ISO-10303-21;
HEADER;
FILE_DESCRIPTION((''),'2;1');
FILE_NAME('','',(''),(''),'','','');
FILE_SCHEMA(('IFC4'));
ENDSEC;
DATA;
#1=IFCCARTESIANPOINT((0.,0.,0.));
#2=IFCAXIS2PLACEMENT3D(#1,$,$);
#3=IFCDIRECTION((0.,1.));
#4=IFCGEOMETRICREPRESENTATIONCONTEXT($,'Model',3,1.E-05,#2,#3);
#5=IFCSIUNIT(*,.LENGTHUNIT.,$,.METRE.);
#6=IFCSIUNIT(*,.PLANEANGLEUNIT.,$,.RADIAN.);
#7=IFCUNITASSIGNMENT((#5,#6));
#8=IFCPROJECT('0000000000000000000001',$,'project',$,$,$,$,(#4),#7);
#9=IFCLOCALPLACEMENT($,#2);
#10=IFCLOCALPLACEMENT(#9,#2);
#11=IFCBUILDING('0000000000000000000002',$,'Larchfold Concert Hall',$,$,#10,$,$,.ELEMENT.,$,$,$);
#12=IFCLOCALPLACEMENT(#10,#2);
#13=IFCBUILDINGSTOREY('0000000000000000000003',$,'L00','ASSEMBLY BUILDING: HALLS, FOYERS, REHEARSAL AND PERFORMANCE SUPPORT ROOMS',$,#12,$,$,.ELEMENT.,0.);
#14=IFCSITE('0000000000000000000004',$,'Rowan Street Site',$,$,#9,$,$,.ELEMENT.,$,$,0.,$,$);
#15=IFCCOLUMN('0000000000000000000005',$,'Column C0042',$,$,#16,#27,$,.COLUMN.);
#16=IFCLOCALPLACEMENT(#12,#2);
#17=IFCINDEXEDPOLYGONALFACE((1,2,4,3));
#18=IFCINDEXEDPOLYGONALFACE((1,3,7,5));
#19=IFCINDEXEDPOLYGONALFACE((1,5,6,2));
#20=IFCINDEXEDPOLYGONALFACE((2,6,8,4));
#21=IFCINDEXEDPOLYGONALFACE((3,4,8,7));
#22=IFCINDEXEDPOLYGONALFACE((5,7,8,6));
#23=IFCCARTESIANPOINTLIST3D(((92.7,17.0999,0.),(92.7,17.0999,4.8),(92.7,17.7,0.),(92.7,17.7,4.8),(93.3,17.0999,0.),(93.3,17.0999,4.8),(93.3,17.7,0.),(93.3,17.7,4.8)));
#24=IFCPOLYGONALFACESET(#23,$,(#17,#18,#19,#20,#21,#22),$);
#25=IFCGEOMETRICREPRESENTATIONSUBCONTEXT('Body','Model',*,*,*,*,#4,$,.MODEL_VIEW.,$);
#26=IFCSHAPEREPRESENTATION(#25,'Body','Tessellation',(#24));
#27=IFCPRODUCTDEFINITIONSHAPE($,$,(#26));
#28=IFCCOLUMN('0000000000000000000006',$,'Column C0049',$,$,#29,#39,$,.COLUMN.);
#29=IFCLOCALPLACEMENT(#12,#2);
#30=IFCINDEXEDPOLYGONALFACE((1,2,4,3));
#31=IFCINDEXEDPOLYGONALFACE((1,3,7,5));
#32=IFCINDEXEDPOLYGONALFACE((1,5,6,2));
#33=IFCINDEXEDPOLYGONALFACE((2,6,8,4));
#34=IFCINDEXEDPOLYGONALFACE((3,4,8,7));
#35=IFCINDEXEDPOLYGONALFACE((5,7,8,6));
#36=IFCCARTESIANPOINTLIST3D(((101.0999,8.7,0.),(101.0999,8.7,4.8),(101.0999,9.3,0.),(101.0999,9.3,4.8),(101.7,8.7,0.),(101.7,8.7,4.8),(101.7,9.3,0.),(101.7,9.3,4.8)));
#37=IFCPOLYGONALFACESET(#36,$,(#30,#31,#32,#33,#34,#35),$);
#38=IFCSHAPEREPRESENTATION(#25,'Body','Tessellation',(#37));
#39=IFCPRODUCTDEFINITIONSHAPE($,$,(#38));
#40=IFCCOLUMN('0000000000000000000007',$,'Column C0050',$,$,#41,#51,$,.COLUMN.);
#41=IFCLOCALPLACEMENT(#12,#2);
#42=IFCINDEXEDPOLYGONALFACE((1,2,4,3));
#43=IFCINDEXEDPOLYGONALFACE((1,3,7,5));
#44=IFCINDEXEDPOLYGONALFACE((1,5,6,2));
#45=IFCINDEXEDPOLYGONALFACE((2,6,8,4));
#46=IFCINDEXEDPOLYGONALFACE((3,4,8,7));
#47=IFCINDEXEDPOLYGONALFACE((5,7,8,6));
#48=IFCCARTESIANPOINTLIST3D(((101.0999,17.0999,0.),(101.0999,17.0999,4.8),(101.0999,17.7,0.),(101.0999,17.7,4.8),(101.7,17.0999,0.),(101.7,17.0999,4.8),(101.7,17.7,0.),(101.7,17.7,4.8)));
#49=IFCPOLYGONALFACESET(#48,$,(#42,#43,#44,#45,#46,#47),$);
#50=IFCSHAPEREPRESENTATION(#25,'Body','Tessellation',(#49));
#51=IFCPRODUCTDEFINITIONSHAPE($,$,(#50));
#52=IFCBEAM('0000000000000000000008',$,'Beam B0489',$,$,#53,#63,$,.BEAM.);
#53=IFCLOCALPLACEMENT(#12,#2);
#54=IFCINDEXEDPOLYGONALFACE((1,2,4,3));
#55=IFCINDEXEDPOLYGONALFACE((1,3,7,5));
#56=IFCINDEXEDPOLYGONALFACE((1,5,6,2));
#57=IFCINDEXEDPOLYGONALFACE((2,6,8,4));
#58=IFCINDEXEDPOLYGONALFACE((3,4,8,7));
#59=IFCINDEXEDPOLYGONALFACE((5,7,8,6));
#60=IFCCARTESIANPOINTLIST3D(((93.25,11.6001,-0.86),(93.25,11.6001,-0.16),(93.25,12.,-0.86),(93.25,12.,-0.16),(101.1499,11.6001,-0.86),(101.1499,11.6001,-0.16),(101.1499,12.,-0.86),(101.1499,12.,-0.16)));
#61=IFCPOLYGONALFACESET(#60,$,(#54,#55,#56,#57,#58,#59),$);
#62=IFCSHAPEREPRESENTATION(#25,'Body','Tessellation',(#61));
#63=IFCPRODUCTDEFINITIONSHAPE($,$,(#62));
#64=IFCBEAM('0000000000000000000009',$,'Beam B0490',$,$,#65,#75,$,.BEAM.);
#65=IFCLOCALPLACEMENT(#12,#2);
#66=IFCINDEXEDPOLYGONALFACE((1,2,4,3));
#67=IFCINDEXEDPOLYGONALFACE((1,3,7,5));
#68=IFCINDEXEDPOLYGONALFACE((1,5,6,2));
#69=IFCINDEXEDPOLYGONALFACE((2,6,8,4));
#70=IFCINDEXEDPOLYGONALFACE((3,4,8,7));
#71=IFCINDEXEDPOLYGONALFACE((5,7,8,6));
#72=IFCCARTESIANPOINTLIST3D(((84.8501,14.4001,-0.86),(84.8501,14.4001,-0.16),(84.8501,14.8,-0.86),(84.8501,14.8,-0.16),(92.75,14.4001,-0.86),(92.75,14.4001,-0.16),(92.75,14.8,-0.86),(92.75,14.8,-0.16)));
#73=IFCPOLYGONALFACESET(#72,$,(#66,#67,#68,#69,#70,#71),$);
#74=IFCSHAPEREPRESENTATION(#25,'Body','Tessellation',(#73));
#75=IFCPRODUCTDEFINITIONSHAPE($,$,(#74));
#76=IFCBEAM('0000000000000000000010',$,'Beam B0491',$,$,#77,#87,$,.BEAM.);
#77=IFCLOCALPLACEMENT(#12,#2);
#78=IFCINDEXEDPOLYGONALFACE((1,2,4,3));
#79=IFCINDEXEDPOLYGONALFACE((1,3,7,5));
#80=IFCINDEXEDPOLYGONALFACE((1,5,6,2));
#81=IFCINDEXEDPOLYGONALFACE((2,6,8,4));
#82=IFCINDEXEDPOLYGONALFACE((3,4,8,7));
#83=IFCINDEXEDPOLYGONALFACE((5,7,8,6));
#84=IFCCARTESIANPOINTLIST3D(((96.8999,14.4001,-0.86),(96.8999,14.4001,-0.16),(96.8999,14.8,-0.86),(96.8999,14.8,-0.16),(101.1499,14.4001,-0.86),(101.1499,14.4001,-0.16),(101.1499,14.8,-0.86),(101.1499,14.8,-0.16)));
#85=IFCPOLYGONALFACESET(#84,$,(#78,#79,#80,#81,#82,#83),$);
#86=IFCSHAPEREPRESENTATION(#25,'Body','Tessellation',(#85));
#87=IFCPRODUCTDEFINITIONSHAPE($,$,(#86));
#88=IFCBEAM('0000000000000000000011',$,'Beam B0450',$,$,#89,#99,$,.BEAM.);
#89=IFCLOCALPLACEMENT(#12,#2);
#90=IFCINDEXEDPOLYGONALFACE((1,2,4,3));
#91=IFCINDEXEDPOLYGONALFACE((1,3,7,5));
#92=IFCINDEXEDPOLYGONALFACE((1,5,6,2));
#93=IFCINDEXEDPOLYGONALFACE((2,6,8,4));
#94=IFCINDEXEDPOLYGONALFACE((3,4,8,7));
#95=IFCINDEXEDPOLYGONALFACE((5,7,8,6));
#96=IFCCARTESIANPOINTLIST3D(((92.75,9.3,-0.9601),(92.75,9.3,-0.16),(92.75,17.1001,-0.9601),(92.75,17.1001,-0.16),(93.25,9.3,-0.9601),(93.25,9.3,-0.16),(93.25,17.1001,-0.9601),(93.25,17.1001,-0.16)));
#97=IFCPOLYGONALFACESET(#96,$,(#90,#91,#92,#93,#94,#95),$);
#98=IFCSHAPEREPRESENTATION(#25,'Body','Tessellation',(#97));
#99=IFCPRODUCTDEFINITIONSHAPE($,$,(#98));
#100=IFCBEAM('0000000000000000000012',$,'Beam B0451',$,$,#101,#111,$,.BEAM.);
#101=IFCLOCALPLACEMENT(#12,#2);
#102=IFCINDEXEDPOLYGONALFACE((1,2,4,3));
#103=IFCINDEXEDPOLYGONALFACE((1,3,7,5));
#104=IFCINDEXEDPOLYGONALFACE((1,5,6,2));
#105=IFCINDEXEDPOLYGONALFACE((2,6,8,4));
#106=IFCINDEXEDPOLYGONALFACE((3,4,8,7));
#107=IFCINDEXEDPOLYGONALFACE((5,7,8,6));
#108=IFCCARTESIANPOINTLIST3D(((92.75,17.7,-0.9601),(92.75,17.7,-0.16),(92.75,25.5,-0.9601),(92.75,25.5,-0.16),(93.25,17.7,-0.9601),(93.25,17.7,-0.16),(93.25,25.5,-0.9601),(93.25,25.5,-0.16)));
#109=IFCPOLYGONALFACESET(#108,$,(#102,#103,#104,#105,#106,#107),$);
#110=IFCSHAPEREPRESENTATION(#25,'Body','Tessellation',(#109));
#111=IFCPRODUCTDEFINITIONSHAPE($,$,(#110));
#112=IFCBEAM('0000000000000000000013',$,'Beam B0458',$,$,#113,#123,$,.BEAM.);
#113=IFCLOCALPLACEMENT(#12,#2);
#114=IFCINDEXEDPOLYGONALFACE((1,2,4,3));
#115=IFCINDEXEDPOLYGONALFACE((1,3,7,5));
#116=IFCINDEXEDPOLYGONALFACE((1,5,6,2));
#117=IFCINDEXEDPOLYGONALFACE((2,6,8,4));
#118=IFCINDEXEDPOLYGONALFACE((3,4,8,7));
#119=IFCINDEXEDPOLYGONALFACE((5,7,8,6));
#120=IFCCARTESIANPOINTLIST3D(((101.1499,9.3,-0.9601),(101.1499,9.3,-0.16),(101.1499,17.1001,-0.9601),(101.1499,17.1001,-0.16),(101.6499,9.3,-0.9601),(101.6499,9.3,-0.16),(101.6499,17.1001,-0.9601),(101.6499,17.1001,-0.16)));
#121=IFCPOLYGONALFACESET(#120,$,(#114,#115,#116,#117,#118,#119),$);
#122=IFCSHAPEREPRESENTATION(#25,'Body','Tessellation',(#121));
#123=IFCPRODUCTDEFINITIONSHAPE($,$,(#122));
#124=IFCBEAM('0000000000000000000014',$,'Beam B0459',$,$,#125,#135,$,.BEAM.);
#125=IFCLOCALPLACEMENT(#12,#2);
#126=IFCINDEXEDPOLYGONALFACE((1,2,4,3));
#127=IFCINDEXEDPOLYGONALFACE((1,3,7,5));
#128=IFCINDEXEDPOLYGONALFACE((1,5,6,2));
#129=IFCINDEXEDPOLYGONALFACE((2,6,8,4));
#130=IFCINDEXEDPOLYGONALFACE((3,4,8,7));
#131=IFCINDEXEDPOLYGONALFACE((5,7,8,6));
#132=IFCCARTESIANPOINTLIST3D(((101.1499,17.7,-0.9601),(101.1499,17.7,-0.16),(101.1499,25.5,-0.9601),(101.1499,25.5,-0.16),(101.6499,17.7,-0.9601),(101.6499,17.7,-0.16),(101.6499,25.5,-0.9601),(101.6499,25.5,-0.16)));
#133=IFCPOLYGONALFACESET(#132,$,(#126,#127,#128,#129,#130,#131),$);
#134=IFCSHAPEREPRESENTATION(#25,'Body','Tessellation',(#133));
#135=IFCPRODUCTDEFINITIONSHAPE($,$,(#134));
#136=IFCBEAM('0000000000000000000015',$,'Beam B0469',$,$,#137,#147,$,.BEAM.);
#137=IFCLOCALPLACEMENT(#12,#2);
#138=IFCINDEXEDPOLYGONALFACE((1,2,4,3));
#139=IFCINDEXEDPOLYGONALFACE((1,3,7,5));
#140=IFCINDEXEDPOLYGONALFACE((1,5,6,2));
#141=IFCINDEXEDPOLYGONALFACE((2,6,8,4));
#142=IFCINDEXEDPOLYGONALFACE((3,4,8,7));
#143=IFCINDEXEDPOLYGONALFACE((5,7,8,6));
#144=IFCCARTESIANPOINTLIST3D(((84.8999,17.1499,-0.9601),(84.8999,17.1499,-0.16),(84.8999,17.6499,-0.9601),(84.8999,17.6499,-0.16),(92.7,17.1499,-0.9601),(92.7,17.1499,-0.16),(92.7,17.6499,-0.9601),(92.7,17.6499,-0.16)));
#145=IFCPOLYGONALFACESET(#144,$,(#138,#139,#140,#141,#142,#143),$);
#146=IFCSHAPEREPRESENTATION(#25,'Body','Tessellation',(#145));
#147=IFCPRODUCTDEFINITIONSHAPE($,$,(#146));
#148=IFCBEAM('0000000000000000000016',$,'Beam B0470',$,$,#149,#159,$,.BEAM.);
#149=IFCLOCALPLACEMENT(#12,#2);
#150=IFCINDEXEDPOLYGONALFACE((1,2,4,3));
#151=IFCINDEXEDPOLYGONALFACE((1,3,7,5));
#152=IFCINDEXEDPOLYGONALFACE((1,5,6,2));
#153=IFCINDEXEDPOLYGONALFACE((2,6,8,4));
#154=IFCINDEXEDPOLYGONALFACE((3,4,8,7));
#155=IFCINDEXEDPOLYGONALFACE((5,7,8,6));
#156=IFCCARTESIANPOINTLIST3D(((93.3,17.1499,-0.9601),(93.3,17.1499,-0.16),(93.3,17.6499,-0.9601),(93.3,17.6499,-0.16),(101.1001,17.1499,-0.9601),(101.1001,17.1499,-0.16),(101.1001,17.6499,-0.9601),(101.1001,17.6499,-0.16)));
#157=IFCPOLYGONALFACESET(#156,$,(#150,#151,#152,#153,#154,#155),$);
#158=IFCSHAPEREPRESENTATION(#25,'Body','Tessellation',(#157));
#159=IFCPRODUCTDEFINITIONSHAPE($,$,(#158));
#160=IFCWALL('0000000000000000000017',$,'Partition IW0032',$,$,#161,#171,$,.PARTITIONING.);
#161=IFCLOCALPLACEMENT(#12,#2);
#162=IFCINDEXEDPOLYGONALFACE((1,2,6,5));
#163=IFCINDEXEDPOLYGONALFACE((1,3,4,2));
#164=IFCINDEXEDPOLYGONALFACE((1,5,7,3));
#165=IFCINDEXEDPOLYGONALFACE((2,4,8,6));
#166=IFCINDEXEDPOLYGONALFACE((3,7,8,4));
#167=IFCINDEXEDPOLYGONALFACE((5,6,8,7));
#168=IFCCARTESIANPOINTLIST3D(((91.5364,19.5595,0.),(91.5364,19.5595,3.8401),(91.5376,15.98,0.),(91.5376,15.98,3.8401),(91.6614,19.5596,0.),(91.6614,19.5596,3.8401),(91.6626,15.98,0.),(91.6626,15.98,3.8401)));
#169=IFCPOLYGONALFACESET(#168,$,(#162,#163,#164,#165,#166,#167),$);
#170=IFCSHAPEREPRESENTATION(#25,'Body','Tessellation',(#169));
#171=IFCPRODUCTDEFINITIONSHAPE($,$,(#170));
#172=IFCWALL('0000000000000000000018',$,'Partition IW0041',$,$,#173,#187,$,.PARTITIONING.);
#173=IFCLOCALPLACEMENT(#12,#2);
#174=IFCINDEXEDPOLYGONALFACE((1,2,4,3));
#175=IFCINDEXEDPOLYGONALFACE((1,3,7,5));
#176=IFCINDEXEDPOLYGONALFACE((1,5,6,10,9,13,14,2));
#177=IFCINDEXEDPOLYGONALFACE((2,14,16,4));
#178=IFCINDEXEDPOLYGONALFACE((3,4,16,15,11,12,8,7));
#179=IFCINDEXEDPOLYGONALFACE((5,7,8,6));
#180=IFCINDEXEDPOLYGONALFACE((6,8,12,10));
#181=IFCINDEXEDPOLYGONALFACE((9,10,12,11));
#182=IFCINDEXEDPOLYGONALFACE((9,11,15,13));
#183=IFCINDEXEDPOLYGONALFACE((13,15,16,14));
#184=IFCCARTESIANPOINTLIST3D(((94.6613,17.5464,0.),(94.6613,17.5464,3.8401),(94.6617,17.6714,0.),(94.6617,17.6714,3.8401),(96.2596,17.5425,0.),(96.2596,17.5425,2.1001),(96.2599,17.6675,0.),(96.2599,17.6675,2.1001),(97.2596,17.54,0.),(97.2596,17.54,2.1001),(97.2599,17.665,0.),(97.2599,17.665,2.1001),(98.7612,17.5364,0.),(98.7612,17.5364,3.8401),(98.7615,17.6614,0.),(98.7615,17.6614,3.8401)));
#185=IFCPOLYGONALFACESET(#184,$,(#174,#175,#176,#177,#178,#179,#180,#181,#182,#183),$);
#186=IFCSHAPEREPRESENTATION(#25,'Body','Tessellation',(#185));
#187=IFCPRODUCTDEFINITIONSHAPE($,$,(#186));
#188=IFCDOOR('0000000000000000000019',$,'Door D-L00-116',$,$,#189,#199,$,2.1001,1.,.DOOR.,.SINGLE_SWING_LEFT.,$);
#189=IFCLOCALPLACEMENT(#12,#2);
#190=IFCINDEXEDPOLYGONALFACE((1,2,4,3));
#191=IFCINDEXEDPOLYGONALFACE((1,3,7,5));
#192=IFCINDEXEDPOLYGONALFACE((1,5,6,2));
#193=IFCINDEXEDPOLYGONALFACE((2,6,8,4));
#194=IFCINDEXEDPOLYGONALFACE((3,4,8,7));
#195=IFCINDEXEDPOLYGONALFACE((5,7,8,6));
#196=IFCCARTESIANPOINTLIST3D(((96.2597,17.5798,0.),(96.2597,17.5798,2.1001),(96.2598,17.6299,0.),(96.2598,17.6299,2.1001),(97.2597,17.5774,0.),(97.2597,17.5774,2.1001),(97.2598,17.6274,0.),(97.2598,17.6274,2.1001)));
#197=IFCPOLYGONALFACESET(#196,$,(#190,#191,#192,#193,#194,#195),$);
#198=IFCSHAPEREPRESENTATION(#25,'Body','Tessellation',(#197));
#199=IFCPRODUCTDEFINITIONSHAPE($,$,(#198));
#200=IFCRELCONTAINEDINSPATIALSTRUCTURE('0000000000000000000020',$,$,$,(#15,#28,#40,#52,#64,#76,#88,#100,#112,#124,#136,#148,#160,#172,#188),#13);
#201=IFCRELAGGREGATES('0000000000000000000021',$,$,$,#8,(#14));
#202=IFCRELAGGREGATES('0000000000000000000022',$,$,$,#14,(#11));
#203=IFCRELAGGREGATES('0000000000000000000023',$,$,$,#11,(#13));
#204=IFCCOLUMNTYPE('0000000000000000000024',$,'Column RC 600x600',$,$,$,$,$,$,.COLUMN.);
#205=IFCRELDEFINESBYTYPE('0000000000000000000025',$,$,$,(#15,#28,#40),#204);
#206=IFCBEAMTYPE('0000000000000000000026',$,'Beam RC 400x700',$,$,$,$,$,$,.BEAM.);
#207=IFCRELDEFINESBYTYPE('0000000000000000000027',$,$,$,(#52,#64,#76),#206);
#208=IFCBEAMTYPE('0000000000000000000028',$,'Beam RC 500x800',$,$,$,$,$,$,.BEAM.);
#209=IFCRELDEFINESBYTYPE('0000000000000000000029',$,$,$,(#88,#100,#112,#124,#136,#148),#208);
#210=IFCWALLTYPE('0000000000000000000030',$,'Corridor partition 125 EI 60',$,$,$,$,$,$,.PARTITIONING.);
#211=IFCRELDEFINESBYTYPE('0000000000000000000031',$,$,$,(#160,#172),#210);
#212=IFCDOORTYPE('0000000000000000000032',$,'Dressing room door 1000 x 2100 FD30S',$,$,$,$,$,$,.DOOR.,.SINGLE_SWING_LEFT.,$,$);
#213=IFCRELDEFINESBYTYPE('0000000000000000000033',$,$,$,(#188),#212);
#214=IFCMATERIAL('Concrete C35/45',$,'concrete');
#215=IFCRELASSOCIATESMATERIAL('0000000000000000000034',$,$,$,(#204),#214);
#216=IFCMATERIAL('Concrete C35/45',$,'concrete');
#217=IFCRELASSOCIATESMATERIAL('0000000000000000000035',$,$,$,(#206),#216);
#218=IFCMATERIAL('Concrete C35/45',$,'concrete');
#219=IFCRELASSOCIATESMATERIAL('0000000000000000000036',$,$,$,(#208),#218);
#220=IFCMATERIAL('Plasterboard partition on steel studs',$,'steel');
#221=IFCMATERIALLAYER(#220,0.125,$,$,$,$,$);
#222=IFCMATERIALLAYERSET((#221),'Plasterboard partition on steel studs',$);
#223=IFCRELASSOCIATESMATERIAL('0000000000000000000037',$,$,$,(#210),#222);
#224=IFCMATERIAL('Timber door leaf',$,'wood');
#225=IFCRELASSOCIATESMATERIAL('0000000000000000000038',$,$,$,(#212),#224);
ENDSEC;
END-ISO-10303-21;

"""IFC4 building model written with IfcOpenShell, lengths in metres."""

from ifc_helpers import new_model, si_unit, direction, frame, frame_2d, origin, origin_2d, place, context, subcontext, project, spatial, rectangle, extrude, material, layer, layer_set, material_profile, profile_set, type_object, element, fill, save


model = new_model("IFC4")

# Units and contexts
model_context = context("Model", 3, precision=1e-05, world=origin(), true_north=direction((0.0, 1.0)))
body_context = subcontext(model_context, "Body", "Model", "MODEL_VIEW")
ifc_project = project(units=[si_unit("LENGTHUNIT", "METRE"), si_unit("PLANEANGLEUNIT", "RADIAN")], contexts=[model_context])

# Site, building, storey
site_placement = place(None, origin())
site = spatial("IfcSite", under=ifc_project, at=site_placement, Name="Rowan Street Site", CompositionType="ELEMENT", RefElevation=0.0)
building_placement = place(site_placement, origin())
building = spatial("IfcBuilding", under=site, at=building_placement, Name="Larchfold Concert Hall", CompositionType="ELEMENT")
storey_placement = place(building_placement, origin())
storey = spatial("IfcBuildingStorey", under=building, at=storey_placement, Name="L00", Description="ASSEMBLY BUILDING: HALLS, FOYERS, REHEARSAL AND PERFORMANCE SUPPORT ROOMS", CompositionType="ELEMENT", Elevation=0.0)

# Columns
ifc_material_1 = material(Name="Concrete C35/45", Category="concrete")
ifc_material_profile_1 = material_profile(ifc_material_1, rectangle(XDim=0.6001, YDim=0.6001, at=origin_2d()))
ifc_profile_set_1 = profile_set([ifc_material_profile_1], Name="Concrete C35/45")
column_type = type_object("IfcColumnType", Name="Column RC 600x600", PredefinedType="COLUMN", material=ifc_profile_set_1)
for number, where, z_axis, x_axis, name in (
    (1, (93.0, 17.3999, 0.0), (0.0, 0.0, 1.0), (1.0, 0.0, 0.0), "Column C0042"),
    (2, (101.3999, 9.0, 0.0), (0.0, 0.0, 1.0), (1.0, 0.0, 0.0), "Column C0049"),
    (3, (101.3999, 17.3999, 0.0), (0.0, 0.0, 1.0), (1.0, 0.0, 0.0), "Column C0050"),
):
    element("IfcColumn", number, at=place(storey_placement, frame(where, z_axis=z_axis, x_axis=x_axis)), inside=storey, type_object=column_type, Name=name, PredefinedType="COLUMN", context=body_context, shape_type="SweptSolid", body=[
        extrude(rectangle(XDim=0.6001, YDim=0.6001, at=origin_2d()), origin(), (0.0, 0.0, 1.0), 4.8),
    ])

# Beams
ifc_material_2 = material(Name="Concrete C35/45", Category="concrete")
ifc_material_profile_2 = material_profile(ifc_material_2, rectangle(XDim=0.3999, YDim=0.7, at=origin_2d()))
ifc_profile_set_2 = profile_set([ifc_material_profile_2], Name="Concrete C35/45")
beam_type_1 = type_object("IfcBeamType", Name="Beam RC 400x700", PredefinedType="BEAM", material=ifc_profile_set_2)
for number, where, z_axis, x_axis, name in (
    (4, (93.25, 11.8, -0.51), (1.0, 0.0, 0.0), (0.0, 1.0, 0.0), "Beam B0489"),
    (5, (84.8501, 14.6001, -0.51), (1.0, 0.0, 0.0), (0.0, 1.0, 0.0), "Beam B0490"),
):
    element("IfcBeam", number, at=place(storey_placement, frame(where, z_axis=z_axis, x_axis=x_axis)), inside=storey, type_object=beam_type_1, Name=name, PredefinedType="BEAM", context=body_context, shape_type="SweptSolid", body=[
        extrude(rectangle(XDim=0.3999, YDim=0.7, at=origin_2d()), origin(), (0.0, 0.0, 1.0), 7.8999),
    ])
beam_placement = place(storey_placement, frame((96.8999, 14.6001, -0.51), z_axis=(1.0, 0.0, 0.0), x_axis=(0.0, 1.0, 0.0)))
element("IfcBeam", 6, at=beam_placement, inside=storey, type_object=beam_type_1, Name="Beam B0491", PredefinedType="BEAM", context=body_context, shape_type="SweptSolid", body=[
    extrude(rectangle(XDim=0.3999, YDim=0.7, at=origin_2d()), origin(), (0.0, 0.0, 1.0), 4.25),
])
ifc_material_3 = material(Name="Concrete C35/45", Category="concrete")
ifc_material_profile_3 = material_profile(ifc_material_3, rectangle(XDim=0.5, YDim=0.8, at=origin_2d()))
ifc_profile_set_3 = profile_set([ifc_material_profile_3], Name="Concrete C35/45")
beam_type_2 = type_object("IfcBeamType", Name="Beam RC 500x800", PredefinedType="BEAM", material=ifc_profile_set_3)
for number, where, z_axis, x_axis, name in (
    (7, (93.0, 9.3, -0.5601), (0.0, 1.0, 0.0), (-1.0, 0.0, 0.0), "Beam B0450"),
    (8, (93.0, 17.7, -0.5601), (0.0, 1.0, 0.0), (-1.0, 0.0, 0.0), "Beam B0451"),
    (9, (101.3999, 9.3, -0.5601), (0.0, 1.0, 0.0), (-1.0, 0.0, 0.0), "Beam B0458"),
    (10, (101.3999, 17.7, -0.5601), (0.0, 1.0, 0.0), (-1.0, 0.0, 0.0), "Beam B0459"),
    (11, (84.8999, 17.3999, -0.5601), (1.0, 0.0, 0.0), (0.0, 1.0, 0.0), "Beam B0469"),
    (12, (93.3, 17.3999, -0.5601), (1.0, 0.0, 0.0), (0.0, 1.0, 0.0), "Beam B0470"),
):
    element("IfcBeam", number, at=place(storey_placement, frame(where, z_axis=z_axis, x_axis=x_axis)), inside=storey, type_object=beam_type_2, Name=name, PredefinedType="BEAM", context=body_context, shape_type="SweptSolid", body=[
        extrude(rectangle(XDim=0.5, YDim=0.8, at=origin_2d()), origin(), (0.0, 0.0, 1.0), 7.8),
    ])

# Wall
ifc_material_4 = material(Name="Plasterboard partition on steel studs", Category="steel")
ifc_layer_1 = layer(ifc_material_4, 0.125)
ifc_layer_set_1 = layer_set([ifc_layer_1], Name="Plasterboard partition on steel studs")
wall_type_1 = type_object("IfcWallType", Name="Corridor partition 125 EI 60", PredefinedType="PARTITIONING", material=ifc_layer_set_1)
wall_1_placement = place(storey_placement, frame((91.6001, 15.98, 0.0), z_axis=(0.0, 0.0, 1.0), x_axis=(-0.000341, 1.0, 0.0)))
element("IfcWall", 13, at=wall_1_placement, inside=storey, type_object=wall_type_1, Name="Partition IW0032", PredefinedType="PARTITIONING", context=body_context, shape_type="SweptSolid", body=[
    extrude(rectangle(XDim=3.5796, YDim=0.125, at=frame_2d((1.7898, 0.0))), origin(), (0.0, 0.0, 1.0), 3.8401),
])

# Wall, opening, door
wall_2_placement = place(storey_placement, frame((94.6616, 17.6089, 0.0), z_axis=(0.0, 0.0, 1.0), x_axis=(0.999997, -0.002441, 0.0)))
wall_2 = element("IfcWall", 14, at=wall_2_placement, inside=storey, type_object=wall_type_1, Name="Partition IW0041", PredefinedType="PARTITIONING", context=body_context, shape_type="SweptSolid", body=[
    extrude(rectangle(XDim=4.0999, YDim=0.125, at=frame_2d((2.0498, 0.0))), origin(), (0.0, 0.0, 1.0), 3.8401),
])
opening_1_placement = place(wall_2_placement, frame((1.5981, 0.0, 0.0)))
opening_1 = element("IfcOpeningElement", 15, at=opening_1_placement, cuts=wall_2, PredefinedType="OPENING", context=body_context, shape_type="SweptSolid", body=[
    extrude(rectangle(XDim=1.0, YDim=2.1001, at=frame_2d((0.5, 1.05))), frame((0.0, 0.0725, 0.0), z_axis=(0.0, -1.0, 0.0), x_axis=(1.0, 0.0, 0.0)), (0.0, 0.0, 1.0), 0.145),
])
ifc_material_5 = material(Name="Timber door leaf", Category="wood")
door_type_1 = type_object("IfcDoorType", Name="Dressing room door 1000 x 2100 FD30S", OperationType="SINGLE_SWING_LEFT", PredefinedType="DOOR", material=ifc_material_5)
door_1_placement = place(opening_1_placement, origin())
door_1 = element("IfcDoor", 16, at=door_1_placement, inside=storey, type_object=door_type_1, Name="Door D-L00-116", OperationType="SINGLE_SWING_LEFT", OverallHeight=2.1001, OverallWidth=1.0, PredefinedType="DOOR", context=body_context, shape_type="SweptSolid", body=[
    extrude(rectangle(XDim=1.0, YDim=2.1001, at=frame_2d((0.5, 1.05))), frame((0.0, 0.0249, 0.0), z_axis=(0.0, -1.0, 0.0), x_axis=(1.0, 0.0, 0.0)), (0.0, 0.0, 1.0), 0.05),
])
fill(opening_1, door_1)

save(model, "model.ifc")
